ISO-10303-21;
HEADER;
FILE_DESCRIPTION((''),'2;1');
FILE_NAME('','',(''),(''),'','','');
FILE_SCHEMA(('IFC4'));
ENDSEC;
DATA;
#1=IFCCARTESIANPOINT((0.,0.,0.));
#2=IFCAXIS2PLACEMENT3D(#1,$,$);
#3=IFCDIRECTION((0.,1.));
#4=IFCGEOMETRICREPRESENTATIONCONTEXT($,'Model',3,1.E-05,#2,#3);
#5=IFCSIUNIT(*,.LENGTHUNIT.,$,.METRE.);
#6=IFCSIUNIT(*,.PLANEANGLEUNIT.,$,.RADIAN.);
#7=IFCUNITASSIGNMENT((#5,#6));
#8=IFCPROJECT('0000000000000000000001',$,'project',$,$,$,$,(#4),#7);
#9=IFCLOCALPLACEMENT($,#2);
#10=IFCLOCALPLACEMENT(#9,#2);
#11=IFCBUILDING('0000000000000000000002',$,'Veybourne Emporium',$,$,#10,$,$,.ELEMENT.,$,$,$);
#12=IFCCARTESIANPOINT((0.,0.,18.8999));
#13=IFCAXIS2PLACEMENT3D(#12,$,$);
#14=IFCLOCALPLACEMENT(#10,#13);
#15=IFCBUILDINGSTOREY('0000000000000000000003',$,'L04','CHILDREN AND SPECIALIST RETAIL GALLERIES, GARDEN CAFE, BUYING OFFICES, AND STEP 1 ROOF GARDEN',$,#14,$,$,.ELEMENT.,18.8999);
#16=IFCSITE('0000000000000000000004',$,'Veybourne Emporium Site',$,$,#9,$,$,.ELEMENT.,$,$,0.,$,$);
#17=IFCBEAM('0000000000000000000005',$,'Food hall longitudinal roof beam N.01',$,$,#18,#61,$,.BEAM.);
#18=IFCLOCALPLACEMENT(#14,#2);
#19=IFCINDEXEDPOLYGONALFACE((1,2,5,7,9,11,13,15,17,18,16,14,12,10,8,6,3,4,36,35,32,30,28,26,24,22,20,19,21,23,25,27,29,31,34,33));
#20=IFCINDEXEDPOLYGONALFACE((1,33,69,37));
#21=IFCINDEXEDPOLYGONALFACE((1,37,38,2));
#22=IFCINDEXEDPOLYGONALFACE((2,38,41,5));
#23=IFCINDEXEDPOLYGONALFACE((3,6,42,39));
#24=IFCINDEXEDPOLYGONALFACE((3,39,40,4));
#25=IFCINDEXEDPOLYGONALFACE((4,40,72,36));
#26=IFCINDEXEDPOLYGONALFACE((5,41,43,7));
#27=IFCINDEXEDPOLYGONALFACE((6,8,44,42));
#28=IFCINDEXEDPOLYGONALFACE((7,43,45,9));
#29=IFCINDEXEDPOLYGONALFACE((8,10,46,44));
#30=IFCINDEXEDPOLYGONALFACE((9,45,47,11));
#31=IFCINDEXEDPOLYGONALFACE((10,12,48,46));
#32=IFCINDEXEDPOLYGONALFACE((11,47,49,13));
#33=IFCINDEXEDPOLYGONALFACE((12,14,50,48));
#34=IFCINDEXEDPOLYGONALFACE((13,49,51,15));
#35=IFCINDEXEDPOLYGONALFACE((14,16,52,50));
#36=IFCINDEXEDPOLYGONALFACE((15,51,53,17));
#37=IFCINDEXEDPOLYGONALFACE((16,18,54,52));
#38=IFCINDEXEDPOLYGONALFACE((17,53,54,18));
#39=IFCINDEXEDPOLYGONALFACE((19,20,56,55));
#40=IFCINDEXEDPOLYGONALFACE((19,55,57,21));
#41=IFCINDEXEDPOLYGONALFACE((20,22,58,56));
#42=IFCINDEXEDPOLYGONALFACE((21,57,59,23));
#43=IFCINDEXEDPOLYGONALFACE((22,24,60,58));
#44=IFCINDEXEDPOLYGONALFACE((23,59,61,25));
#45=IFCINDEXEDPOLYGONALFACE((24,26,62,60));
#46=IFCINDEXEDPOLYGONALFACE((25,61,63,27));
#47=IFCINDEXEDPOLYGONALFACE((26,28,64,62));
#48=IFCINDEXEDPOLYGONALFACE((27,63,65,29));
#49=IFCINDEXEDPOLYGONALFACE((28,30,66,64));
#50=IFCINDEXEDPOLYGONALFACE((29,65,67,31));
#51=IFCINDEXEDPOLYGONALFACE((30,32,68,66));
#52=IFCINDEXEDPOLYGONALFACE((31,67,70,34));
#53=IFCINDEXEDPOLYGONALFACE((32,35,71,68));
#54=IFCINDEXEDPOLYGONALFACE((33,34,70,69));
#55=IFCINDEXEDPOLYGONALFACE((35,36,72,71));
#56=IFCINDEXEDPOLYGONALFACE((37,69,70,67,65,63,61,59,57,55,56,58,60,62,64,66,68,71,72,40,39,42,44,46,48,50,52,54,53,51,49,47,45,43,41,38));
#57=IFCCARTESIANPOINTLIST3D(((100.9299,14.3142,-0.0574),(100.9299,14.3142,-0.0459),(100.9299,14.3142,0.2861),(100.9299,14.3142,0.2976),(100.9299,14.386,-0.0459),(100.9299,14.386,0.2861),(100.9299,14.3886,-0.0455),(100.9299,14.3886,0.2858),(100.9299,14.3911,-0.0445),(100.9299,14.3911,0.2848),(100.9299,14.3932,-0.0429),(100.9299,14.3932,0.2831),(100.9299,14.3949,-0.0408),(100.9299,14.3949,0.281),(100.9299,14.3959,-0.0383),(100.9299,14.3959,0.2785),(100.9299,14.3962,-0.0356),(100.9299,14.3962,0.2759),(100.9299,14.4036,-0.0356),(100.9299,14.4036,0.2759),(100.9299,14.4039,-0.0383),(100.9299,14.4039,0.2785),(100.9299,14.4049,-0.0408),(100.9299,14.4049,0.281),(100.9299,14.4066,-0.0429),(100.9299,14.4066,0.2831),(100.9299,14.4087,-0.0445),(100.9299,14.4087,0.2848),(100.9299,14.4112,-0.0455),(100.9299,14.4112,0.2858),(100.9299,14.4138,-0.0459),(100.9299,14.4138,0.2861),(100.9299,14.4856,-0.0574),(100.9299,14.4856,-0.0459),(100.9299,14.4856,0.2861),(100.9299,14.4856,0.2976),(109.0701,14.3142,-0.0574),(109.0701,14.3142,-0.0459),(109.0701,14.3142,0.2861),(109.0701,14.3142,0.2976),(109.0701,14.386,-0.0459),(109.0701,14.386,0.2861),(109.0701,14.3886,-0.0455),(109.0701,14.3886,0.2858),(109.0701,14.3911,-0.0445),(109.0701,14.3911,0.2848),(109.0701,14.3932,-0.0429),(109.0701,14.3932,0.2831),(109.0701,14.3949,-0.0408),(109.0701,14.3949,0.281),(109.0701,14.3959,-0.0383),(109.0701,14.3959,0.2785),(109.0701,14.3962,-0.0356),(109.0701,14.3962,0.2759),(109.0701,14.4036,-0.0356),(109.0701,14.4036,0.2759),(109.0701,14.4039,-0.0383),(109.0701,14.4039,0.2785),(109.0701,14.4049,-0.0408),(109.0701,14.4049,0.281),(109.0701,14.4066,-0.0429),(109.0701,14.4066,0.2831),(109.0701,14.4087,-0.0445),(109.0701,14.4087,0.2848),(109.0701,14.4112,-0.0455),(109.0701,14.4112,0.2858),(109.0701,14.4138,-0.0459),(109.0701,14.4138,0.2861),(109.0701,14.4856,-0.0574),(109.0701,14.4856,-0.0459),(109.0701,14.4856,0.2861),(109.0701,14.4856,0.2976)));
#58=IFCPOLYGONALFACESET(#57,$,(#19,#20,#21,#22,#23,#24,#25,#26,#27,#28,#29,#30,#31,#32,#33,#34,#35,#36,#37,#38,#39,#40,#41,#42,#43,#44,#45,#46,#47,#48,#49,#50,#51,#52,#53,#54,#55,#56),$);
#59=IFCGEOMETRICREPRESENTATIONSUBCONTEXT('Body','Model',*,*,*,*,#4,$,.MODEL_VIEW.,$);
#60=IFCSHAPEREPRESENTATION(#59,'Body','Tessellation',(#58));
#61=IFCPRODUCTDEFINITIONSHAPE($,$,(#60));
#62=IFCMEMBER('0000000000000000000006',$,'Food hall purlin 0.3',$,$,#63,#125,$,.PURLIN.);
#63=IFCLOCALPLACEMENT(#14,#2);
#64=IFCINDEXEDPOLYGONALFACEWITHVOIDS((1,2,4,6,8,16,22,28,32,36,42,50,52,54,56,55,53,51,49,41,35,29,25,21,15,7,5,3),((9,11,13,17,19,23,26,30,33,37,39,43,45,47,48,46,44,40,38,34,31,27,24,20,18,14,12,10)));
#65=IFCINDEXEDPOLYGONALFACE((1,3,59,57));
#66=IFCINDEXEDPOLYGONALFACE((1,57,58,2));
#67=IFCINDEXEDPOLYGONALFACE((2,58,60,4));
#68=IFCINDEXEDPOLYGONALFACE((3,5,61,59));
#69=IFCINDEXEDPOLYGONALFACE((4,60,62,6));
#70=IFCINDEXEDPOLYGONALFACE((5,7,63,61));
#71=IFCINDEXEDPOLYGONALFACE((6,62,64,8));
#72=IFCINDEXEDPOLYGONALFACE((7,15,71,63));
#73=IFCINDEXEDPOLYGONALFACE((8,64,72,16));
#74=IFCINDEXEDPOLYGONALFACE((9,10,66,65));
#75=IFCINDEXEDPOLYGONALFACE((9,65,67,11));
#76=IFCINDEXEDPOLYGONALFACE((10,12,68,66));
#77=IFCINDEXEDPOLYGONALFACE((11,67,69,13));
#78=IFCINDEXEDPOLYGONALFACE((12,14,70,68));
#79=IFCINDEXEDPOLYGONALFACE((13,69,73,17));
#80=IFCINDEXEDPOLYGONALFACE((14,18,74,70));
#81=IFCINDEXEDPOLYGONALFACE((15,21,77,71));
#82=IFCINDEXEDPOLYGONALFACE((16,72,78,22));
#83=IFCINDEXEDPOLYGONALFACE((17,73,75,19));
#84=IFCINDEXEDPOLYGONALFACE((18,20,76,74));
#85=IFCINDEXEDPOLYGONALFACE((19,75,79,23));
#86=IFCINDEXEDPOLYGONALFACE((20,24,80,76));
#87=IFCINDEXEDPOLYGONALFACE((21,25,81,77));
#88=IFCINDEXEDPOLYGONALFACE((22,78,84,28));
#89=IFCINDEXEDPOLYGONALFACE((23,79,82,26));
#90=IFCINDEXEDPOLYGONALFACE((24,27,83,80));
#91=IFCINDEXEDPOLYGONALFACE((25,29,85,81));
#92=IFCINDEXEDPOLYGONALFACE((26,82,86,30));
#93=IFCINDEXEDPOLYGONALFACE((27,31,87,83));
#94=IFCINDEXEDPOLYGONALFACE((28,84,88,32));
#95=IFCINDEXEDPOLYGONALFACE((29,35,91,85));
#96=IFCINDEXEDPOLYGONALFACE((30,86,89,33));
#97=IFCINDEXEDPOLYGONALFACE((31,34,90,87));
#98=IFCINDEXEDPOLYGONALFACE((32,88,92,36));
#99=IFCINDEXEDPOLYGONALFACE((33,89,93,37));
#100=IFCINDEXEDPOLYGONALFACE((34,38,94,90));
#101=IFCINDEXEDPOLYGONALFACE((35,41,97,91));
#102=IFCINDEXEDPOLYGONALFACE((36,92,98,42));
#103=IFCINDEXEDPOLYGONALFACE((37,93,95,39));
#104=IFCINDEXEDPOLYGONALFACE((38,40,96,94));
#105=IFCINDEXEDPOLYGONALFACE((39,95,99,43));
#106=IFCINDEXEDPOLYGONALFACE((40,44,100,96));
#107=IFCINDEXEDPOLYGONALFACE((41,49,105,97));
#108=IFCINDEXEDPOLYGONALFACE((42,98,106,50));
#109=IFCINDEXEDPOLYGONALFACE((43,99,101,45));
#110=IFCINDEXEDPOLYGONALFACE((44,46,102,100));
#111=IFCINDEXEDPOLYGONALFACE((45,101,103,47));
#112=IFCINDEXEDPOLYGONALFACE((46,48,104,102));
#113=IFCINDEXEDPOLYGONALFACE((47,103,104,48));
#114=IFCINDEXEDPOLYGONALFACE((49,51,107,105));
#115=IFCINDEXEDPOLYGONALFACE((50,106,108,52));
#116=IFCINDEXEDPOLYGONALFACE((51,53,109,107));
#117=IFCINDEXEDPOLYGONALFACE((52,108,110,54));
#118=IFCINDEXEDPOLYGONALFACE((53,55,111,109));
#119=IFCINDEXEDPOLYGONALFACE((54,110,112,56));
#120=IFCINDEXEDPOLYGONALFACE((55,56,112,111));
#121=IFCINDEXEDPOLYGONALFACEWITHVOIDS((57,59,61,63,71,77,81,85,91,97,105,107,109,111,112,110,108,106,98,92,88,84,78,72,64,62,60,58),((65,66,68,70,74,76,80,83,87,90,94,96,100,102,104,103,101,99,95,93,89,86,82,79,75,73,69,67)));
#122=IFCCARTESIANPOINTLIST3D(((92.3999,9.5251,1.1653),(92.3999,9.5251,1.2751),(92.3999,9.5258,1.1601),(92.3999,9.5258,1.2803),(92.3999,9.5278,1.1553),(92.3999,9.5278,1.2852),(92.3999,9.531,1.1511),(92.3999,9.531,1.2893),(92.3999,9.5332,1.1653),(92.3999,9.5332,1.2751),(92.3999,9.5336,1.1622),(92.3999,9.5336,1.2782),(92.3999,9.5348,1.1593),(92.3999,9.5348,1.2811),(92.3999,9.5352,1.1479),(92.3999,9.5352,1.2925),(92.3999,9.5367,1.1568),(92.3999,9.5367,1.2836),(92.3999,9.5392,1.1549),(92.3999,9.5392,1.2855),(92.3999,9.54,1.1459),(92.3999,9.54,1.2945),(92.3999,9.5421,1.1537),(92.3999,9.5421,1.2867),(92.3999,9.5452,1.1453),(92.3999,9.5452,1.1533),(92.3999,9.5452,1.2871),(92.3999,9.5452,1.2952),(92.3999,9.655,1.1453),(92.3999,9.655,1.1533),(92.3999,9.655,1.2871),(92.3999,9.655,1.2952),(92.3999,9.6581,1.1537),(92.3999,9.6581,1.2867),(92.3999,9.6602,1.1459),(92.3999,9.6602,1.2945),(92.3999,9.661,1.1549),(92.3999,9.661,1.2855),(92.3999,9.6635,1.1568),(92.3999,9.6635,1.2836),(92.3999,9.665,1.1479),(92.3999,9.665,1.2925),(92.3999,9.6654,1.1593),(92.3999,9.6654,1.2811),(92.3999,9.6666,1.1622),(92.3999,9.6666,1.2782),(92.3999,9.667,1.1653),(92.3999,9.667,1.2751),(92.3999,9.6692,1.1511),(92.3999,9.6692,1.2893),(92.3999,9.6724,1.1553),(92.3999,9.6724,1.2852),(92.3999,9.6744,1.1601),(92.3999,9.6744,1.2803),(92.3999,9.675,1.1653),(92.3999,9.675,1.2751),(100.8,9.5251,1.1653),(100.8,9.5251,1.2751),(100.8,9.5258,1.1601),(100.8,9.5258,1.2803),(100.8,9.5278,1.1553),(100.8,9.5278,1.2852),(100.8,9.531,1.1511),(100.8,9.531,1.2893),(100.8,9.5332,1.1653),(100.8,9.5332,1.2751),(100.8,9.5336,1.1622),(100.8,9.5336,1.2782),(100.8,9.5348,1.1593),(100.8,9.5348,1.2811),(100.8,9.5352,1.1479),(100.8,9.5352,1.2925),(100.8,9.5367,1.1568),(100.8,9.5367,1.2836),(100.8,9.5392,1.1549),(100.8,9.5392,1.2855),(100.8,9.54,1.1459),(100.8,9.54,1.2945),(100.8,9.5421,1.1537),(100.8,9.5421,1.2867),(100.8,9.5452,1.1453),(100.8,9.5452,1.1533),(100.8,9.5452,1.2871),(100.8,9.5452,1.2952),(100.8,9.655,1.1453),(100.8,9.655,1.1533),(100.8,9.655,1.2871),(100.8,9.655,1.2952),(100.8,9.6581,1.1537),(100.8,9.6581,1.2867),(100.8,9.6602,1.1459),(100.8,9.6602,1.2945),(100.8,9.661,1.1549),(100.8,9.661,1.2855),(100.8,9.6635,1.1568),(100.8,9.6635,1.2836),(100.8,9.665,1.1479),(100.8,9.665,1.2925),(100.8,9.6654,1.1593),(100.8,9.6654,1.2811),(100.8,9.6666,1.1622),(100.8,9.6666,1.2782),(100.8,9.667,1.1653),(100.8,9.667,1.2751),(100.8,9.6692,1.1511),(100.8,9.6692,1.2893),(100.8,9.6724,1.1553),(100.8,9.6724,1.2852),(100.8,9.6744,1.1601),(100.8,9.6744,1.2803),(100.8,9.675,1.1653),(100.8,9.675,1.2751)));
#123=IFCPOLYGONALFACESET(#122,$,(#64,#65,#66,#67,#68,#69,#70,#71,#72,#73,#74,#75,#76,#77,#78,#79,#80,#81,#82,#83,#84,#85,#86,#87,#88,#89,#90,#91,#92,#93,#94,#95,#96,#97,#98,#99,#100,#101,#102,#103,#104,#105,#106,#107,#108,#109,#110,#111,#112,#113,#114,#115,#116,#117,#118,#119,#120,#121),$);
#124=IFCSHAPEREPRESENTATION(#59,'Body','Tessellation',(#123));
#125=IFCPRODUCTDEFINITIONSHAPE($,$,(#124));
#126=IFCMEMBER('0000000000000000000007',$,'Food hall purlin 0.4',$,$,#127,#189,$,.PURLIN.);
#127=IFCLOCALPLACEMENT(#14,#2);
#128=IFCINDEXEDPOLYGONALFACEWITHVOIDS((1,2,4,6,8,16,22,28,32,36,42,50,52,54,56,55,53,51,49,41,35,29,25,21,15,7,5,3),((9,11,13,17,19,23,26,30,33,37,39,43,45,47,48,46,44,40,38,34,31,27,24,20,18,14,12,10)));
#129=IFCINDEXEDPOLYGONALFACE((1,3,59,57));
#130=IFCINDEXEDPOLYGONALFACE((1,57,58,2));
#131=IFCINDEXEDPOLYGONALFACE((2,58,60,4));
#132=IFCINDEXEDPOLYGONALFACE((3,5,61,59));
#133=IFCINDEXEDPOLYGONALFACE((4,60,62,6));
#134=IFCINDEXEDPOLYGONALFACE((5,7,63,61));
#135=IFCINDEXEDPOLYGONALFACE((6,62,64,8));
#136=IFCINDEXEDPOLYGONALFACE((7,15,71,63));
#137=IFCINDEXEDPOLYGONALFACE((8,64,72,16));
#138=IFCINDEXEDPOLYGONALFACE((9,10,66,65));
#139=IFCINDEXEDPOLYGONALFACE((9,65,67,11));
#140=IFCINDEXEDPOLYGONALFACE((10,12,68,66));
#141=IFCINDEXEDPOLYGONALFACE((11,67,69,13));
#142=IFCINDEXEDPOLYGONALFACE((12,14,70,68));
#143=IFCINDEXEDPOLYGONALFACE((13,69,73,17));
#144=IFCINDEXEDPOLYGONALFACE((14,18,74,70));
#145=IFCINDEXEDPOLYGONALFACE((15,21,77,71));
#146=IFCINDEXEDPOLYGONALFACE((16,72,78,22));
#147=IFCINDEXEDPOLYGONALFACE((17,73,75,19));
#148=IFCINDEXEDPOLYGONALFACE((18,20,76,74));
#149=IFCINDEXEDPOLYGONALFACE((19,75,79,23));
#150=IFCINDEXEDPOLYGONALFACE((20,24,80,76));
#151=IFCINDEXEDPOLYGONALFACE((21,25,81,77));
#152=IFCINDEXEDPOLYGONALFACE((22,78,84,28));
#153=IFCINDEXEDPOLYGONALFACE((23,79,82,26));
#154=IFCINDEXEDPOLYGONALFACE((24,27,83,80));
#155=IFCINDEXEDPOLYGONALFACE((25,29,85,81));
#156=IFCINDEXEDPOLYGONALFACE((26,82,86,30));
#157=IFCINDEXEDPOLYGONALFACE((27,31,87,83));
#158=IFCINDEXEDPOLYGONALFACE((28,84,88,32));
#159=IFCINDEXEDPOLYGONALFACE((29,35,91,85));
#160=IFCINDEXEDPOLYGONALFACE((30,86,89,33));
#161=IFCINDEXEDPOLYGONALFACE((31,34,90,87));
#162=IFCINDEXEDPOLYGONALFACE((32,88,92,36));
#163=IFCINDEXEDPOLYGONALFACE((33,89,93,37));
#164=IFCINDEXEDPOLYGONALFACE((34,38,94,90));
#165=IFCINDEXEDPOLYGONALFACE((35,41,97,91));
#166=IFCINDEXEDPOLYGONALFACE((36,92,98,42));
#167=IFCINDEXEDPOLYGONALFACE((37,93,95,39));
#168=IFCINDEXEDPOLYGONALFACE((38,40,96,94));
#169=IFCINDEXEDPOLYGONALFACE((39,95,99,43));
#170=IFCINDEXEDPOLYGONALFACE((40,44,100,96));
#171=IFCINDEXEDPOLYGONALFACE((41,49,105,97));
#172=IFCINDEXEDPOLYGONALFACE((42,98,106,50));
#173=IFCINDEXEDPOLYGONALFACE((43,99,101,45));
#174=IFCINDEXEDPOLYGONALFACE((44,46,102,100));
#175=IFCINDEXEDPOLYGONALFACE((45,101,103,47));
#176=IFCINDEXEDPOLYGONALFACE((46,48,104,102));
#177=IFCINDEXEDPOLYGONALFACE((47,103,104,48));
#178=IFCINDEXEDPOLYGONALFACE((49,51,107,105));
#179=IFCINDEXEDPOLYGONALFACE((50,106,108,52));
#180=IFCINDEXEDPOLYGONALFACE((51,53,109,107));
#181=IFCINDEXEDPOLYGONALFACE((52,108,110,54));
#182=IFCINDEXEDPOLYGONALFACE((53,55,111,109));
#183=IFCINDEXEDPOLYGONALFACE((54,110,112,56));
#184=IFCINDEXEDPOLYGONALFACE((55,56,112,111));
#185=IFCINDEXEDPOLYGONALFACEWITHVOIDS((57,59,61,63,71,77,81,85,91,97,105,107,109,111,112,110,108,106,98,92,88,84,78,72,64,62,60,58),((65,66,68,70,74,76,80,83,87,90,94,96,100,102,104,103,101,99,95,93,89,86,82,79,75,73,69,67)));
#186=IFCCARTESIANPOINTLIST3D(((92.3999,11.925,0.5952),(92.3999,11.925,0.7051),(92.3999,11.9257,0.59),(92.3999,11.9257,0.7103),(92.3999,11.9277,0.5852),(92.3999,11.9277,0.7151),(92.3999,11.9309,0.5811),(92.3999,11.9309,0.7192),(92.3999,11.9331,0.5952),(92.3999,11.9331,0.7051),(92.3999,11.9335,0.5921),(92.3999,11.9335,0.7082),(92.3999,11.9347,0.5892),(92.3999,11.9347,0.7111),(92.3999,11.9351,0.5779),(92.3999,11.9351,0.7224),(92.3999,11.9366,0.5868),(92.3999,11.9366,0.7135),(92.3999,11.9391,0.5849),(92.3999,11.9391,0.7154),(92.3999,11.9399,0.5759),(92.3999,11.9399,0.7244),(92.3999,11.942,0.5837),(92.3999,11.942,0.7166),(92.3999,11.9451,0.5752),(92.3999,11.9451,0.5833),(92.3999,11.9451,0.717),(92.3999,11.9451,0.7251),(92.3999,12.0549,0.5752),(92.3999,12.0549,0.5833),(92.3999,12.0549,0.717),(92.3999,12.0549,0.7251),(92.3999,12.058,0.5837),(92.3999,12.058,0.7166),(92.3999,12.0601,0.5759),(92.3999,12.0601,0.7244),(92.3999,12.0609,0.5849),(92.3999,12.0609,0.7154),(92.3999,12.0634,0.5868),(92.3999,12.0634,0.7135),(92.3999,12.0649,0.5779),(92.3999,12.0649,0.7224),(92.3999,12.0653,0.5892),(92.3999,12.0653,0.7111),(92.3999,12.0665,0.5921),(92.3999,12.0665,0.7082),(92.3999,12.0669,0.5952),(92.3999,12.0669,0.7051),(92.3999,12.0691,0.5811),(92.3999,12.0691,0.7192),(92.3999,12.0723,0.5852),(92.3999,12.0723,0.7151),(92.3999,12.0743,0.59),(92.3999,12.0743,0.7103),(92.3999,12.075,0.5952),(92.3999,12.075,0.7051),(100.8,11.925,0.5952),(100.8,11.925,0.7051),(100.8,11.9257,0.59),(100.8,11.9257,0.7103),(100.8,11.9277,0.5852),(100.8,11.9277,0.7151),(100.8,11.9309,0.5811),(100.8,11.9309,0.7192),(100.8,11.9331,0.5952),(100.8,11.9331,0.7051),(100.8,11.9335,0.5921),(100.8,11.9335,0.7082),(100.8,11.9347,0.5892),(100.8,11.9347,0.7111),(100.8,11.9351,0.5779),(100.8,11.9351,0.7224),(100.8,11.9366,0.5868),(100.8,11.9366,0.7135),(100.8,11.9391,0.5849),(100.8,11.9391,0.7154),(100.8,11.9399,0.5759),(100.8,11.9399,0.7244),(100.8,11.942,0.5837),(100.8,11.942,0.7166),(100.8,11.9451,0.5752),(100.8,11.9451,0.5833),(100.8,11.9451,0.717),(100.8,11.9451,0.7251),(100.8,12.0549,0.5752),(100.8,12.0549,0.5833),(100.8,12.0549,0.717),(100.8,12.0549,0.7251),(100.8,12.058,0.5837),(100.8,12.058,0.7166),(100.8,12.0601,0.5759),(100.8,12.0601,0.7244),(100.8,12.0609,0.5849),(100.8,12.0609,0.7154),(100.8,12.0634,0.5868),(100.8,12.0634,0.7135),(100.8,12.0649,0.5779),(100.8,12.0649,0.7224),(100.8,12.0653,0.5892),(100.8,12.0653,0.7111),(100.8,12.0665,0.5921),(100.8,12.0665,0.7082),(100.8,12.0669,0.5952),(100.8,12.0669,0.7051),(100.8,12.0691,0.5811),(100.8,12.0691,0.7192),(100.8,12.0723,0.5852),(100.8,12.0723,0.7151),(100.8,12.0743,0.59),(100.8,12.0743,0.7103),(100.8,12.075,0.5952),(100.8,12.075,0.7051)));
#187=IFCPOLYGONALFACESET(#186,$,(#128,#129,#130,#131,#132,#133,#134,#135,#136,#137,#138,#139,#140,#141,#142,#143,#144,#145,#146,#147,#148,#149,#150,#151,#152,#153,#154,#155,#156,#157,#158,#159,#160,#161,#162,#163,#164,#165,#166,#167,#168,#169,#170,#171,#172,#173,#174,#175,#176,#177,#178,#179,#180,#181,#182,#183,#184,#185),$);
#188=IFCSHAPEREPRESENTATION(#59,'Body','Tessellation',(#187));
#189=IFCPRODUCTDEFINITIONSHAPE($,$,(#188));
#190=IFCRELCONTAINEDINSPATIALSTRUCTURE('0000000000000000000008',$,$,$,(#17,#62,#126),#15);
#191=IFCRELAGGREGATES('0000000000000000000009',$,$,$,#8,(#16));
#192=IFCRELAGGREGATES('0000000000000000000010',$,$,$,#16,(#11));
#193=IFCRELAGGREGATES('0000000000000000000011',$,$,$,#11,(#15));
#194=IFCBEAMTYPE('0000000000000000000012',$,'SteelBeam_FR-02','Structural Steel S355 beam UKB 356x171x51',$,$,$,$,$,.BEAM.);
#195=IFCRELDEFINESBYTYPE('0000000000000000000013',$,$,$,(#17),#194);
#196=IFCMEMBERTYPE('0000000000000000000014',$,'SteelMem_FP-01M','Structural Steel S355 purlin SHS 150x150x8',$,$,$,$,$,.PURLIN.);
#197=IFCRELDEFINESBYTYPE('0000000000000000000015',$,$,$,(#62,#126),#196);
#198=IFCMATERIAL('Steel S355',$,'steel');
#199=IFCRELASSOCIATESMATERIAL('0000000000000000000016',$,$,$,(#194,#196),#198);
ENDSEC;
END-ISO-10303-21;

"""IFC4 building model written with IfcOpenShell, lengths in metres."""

from ifc_helpers import new_model, si_unit, direction, frame, origin, origin_2d, place, context, subcontext, project, spatial, hollow_rectangle, i_section, extrude, material, material_profile, profile_set, type_object, element, save


model = new_model("IFC4")

# Units and contexts
model_context = context("Model", 3, precision=1e-05, world=origin(), true_north=direction((0.0, 1.0)))
body_context = subcontext(model_context, "Body", "Model", "MODEL_VIEW")
ifc_project = project(units=[si_unit("LENGTHUNIT", "METRE"), si_unit("PLANEANGLEUNIT", "RADIAN")], contexts=[model_context])

# Site, building, storey
site_placement = place(None, origin())
site = spatial("IfcSite", under=ifc_project, at=site_placement, Name="Veybourne Emporium Site", CompositionType="ELEMENT", RefElevation=0.0)
building_placement = place(site_placement, origin())
building = spatial("IfcBuilding", under=site, at=building_placement, Name="Veybourne Emporium", CompositionType="ELEMENT")
storey_placement = place(building_placement, frame((0.0, 0.0, 18.8999)))
storey = spatial("IfcBuildingStorey", under=building, at=storey_placement, Name="L04", Description="CHILDREN AND SPECIALIST RETAIL GALLERIES, GARDEN CAFE, BUYING OFFICES, AND STEP 1 ROOF GARDEN", CompositionType="ELEMENT", Elevation=18.8999)

# Beam
ifc_material_1 = material(Name="Steel S355", Category="steel")
ifc_material_profile_1 = material_profile(ifc_material_1, i_section(OverallWidth=0.1714, OverallDepth=0.355, WebThickness=0.0073, FlangeThickness=0.0115, FilletRadius=0.0103, at=origin_2d()), Name="UKB 356x171x51")
ifc_profile_set_1 = profile_set([ifc_material_profile_1], Name="Steel S355")
beam_type_1 = type_object("IfcBeamType", Name="SteelBeam_FR-02", Description="Structural Steel S355 beam UKB 356x171x51", PredefinedType="BEAM", material=ifc_profile_set_1)
for number, where, z_axis, x_axis, name in (
    (1, (100.9299, 14.3999, 0.1201), (1.0, 0.0, 0.0), (0.0, 1.0, 0.0), "Food hall longitudinal roof beam N.01"),
):
    element("IfcBeam", number, at=place(storey_placement, frame(where, z_axis=z_axis, x_axis=x_axis)), inside=storey, type_object=beam_type_1, Name=name, PredefinedType="BEAM", context=body_context, shape_type="SweptSolid", body=[
        extrude(i_section(OverallWidth=0.1714, OverallDepth=0.355, WebThickness=0.0073, FlangeThickness=0.0115, FilletRadius=0.0103, at=origin_2d()), origin(), (0.0, 0.0, 1.0), 8.1401),
    ])

# Members
ifc_material_profile_2 = material_profile(ifc_material_1, hollow_rectangle(XDim=0.1499, YDim=0.1499, WallThickness=0.0081, InnerFilletRadius=0.012, OuterFilletRadius=0.02, at=origin_2d()), Name="SHS 150x150x8")
ifc_profile_set_2 = profile_set([ifc_material_profile_2], Name="Steel S355")
member_type_1 = type_object("IfcMemberType", Name="SteelMem_FP-01M", Description="Structural Steel S355 purlin SHS 150x150x8", PredefinedType="PURLIN", material=ifc_profile_set_2)
for number, where, z_axis, x_axis, name in (
    (2, (92.3999, 9.6001, 1.2202), (1.0, 0.0, 0.0), (0.0, 1.0, 0.0), "Food hall purlin 0.3"),
    (3, (92.3999, 12.0, 0.6501), (1.0, 0.0, 0.0), (0.0, 1.0, 0.0), "Food hall purlin 0.4"),
):
    element("IfcMember", number, at=place(storey_placement, frame(where, z_axis=z_axis, x_axis=x_axis)), inside=storey, type_object=member_type_1, Name=name, PredefinedType="PURLIN", context=body_context, shape_type="SweptSolid", body=[
        extrude(hollow_rectangle(XDim=0.1499, YDim=0.1499, WallThickness=0.0081, InnerFilletRadius=0.012, OuterFilletRadius=0.02, at=origin_2d()), origin(), (0.0, 0.0, 1.0), 8.4001),
    ])

save(model, "model.ifc")
